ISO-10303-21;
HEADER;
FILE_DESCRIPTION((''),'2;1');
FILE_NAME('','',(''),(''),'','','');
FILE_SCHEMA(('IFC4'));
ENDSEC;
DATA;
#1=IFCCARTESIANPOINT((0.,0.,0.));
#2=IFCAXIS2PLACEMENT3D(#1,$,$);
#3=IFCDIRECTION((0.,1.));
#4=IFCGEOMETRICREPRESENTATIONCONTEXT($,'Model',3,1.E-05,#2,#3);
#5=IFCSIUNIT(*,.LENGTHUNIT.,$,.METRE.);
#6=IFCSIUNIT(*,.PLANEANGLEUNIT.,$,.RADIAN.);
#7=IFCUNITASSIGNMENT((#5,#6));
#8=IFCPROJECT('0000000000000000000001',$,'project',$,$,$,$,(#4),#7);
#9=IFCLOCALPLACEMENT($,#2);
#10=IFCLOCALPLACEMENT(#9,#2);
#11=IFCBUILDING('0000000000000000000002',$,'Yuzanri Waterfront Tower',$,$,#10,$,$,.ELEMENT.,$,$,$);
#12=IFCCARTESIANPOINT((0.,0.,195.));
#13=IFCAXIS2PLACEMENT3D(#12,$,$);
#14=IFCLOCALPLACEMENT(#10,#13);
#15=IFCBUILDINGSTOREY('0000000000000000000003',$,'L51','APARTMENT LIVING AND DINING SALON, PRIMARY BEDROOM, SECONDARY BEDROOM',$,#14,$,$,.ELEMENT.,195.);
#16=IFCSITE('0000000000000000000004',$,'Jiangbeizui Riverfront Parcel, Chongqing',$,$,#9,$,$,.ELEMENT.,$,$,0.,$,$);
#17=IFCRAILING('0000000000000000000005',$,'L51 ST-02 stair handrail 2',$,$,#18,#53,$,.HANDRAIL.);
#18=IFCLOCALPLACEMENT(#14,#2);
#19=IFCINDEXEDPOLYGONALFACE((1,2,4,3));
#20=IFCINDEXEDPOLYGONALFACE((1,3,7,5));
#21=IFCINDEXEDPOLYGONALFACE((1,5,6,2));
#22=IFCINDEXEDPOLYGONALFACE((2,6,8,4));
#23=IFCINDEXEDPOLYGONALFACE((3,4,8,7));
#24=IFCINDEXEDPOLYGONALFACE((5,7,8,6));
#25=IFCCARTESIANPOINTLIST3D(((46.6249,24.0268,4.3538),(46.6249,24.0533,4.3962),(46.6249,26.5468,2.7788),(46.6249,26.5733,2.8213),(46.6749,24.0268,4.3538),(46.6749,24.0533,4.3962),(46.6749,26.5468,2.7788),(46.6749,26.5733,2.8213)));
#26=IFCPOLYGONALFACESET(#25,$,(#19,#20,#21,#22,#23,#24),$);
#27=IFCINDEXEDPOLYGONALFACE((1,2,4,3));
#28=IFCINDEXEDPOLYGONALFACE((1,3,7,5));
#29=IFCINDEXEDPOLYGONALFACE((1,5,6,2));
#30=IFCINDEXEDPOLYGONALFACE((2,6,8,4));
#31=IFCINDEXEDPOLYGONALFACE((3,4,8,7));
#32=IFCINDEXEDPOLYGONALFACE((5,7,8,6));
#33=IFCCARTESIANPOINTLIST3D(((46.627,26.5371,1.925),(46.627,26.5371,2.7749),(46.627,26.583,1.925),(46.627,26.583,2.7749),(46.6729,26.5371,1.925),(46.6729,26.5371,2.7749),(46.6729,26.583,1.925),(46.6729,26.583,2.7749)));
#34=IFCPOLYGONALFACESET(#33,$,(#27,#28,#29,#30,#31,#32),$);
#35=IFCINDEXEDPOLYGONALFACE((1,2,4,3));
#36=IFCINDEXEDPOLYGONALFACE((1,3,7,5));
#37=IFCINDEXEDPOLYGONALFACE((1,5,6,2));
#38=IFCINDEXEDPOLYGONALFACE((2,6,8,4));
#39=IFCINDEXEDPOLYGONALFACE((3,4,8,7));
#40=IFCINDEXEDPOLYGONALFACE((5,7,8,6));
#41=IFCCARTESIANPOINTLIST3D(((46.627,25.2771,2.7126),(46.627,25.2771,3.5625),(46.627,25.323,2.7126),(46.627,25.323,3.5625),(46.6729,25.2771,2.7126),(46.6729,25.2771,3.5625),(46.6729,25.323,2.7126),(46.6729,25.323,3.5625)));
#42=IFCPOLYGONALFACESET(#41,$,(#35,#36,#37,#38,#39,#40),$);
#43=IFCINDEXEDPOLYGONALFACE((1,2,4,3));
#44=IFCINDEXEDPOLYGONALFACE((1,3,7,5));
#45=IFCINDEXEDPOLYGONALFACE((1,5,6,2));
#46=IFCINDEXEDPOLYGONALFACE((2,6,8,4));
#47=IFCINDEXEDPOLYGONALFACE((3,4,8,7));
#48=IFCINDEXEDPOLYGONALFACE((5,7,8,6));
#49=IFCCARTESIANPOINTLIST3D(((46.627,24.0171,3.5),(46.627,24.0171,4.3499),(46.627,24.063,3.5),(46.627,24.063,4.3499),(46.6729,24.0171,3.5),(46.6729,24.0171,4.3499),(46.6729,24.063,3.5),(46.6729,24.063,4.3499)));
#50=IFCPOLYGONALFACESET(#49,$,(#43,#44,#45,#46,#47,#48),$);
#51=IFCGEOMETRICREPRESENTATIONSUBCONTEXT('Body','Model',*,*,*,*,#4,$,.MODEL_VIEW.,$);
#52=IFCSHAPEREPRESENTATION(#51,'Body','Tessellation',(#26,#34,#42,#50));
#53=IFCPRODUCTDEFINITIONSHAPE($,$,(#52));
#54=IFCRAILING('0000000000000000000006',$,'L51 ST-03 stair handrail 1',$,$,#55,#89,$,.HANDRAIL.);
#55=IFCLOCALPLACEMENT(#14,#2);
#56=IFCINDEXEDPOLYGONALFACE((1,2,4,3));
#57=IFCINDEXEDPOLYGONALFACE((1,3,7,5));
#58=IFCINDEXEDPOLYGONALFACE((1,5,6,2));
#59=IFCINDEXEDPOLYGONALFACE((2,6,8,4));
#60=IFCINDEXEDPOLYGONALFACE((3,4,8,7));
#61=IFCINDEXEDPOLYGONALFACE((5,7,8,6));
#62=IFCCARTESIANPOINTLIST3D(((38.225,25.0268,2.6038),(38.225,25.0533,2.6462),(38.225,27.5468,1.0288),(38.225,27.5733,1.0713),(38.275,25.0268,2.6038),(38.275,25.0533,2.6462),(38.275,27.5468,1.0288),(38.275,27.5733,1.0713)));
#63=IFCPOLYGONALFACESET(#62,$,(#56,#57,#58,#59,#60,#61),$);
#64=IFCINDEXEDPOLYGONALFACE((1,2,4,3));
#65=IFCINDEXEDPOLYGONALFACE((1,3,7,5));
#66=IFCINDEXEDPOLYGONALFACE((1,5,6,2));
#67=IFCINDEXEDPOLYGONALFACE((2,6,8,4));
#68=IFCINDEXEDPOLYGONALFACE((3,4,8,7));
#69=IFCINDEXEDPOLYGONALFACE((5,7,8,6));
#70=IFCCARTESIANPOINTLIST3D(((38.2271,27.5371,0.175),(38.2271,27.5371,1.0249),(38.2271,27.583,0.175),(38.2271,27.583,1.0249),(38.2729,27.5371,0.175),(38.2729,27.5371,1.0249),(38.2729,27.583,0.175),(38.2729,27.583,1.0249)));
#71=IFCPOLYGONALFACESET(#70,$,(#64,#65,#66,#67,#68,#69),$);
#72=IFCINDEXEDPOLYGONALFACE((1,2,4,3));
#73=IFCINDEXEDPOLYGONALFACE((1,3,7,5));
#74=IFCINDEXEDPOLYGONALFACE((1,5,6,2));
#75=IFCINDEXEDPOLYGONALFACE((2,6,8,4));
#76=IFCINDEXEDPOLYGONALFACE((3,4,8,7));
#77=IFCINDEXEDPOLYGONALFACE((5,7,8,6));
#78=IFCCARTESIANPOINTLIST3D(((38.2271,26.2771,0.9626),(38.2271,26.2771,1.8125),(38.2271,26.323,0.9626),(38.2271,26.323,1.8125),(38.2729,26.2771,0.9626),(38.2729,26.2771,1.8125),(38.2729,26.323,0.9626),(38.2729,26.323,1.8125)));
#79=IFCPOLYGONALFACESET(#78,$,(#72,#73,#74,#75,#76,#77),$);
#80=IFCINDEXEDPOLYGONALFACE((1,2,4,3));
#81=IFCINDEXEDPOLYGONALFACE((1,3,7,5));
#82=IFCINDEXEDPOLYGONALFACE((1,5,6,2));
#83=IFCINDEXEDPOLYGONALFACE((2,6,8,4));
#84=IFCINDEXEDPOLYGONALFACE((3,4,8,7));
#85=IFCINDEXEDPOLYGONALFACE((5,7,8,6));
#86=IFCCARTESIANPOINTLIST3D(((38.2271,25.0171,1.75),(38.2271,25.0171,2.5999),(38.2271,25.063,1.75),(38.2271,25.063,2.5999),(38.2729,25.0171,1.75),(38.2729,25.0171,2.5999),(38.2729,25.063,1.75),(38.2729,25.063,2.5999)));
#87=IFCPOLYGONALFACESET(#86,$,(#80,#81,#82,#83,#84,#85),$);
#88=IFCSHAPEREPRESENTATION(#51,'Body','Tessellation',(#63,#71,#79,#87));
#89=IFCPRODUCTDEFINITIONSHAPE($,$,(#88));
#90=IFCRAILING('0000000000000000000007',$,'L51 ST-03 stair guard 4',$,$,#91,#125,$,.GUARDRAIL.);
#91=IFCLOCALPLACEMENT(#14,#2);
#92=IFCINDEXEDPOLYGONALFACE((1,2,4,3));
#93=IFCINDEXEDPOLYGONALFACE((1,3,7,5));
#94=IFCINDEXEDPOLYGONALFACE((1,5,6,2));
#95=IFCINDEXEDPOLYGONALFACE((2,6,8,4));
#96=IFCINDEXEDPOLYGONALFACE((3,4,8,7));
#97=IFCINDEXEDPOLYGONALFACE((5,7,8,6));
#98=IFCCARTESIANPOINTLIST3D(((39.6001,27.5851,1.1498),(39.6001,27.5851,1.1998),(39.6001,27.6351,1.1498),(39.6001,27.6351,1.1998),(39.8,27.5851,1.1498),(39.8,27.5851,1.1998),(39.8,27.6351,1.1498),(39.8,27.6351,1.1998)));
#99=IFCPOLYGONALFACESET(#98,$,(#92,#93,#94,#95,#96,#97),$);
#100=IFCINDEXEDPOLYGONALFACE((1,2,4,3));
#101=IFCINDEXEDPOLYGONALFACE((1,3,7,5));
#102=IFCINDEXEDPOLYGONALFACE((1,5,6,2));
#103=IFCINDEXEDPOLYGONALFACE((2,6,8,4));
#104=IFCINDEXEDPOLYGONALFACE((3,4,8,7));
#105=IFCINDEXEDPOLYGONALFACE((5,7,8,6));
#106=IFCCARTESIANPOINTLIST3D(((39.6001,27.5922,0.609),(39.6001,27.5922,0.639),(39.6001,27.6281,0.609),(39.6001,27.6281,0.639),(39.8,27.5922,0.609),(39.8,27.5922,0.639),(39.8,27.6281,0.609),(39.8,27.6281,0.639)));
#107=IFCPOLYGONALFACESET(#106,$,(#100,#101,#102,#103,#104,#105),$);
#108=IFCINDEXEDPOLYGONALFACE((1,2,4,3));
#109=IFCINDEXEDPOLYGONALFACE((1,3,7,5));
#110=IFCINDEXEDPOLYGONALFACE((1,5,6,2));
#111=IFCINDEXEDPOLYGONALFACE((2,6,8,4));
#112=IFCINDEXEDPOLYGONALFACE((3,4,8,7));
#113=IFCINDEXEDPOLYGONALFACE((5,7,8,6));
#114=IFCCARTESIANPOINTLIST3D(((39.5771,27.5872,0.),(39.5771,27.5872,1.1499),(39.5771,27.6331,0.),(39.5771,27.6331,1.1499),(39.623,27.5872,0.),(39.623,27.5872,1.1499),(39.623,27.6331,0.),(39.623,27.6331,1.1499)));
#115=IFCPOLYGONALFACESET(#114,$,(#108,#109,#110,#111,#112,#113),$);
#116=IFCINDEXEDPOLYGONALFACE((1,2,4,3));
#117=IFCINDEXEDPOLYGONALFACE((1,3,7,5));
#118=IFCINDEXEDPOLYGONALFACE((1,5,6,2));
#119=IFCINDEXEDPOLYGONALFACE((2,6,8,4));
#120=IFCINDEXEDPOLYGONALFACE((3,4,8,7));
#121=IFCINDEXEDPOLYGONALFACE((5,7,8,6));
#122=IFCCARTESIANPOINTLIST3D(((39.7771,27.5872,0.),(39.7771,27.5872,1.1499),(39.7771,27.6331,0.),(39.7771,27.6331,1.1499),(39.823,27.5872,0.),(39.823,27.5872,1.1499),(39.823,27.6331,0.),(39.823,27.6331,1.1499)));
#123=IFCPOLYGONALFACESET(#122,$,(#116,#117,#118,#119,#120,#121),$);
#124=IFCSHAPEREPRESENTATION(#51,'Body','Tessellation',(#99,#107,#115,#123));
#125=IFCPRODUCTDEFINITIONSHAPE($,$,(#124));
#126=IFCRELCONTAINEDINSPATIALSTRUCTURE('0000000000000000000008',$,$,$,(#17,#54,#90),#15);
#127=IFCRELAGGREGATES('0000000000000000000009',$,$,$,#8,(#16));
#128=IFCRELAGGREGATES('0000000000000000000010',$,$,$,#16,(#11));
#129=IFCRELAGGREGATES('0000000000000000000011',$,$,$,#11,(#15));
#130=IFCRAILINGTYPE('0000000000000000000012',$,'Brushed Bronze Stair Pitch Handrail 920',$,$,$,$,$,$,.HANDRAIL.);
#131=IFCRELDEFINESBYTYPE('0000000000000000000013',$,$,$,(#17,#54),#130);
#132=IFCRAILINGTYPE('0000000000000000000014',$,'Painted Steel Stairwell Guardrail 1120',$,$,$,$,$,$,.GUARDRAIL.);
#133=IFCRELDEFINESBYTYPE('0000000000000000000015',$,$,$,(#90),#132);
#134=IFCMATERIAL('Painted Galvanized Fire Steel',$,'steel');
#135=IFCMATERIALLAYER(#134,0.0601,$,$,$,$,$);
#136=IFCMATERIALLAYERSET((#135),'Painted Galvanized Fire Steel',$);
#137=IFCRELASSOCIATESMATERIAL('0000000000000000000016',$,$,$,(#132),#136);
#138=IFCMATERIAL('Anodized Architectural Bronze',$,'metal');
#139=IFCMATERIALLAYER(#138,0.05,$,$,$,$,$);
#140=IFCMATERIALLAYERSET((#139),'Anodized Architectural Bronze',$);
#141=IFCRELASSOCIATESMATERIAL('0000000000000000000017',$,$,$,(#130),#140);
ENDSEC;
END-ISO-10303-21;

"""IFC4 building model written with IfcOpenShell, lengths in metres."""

from ifc_helpers import new_model, si_unit, direction, frame, origin, origin_2d, place, context, subcontext, project, spatial, rectangle, extrude, source, transform, mapped, material, layer, layer_set, type_object, element, save


model = new_model("IFC4")

# Units and contexts
model_context = context("Model", 3, precision=1e-05, world=origin(), true_north=direction((0.0, 1.0)))
body_context = subcontext(model_context, "Body", "Model", "MODEL_VIEW")
ifc_project = project(units=[si_unit("LENGTHUNIT", "METRE"), si_unit("PLANEANGLEUNIT", "RADIAN")], contexts=[model_context])

# Site, building, storey
site_placement = place(None, origin())
site = spatial("IfcSite", under=ifc_project, at=site_placement, Name="Jiangbeizui Riverfront Parcel, Chongqing", CompositionType="ELEMENT", RefElevation=0.0)
building_placement = place(site_placement, origin())
building = spatial("IfcBuilding", under=site, at=building_placement, Name="Yuzanri Waterfront Tower", CompositionType="ELEMENT")
storey_placement = place(building_placement, frame((0.0, 0.0, 195.0)))
storey = spatial("IfcBuildingStorey", under=building, at=storey_placement, Name="L51", Description="APARTMENT LIVING AND DINING SALON, PRIMARY BEDROOM, SECONDARY BEDROOM", CompositionType="ELEMENT", Elevation=195.0)

# Railings
ifc_material_1 = material(Name="Painted Galvanized Fire Steel", Category="steel")
ifc_layer_1 = layer(ifc_material_1, 0.0601)
ifc_layer_set_1 = layer_set([ifc_layer_1], Name="Painted Galvanized Fire Steel")
railing_type_1 = type_object("IfcRailingType", Name="Painted Steel Stairwell Guardrail 1120", PredefinedType="GUARDRAIL", material=ifc_layer_set_1)
ifc_material_2 = material(Name="Anodized Architectural Bronze", Category="metal")
ifc_layer_2 = layer(ifc_material_2, 0.05)
ifc_layer_set_2 = layer_set([ifc_layer_2], Name="Anodized Architectural Bronze")
railing_type_2 = type_object("IfcRailingType", Name="Brushed Bronze Stair Pitch Handrail 920", PredefinedType="HANDRAIL", material=ifc_layer_set_2)
shared_shape_1 = source(origin(), body_context, "Body", "SweptSolid", [
    extrude(rectangle(XDim=0.05, YDim=0.05, at=origin_2d()), frame((0.0, 0.0, 0.875), z_axis=(0.0, -0.848008, 0.529984), x_axis=(1.0, 0.0, 0.0)), (0.0, 0.0, 1.0), 2.9717),
    extrude(rectangle(XDim=0.0459, YDim=0.0459, at=origin_2d()), origin(), (0.0, 0.0, 1.0), 0.8499),
    extrude(rectangle(XDim=0.0459, YDim=0.0459, at=origin_2d()), frame((0.0, -1.26, 0.7876)), (0.0, 0.0, 1.0), 0.8499),
    extrude(rectangle(XDim=0.0459, YDim=0.0459, at=origin_2d()), frame((0.0, -2.52, 1.575)), (0.0, 0.0, 1.0), 0.8499),
])
for number, where, name in (
    (1, (46.6499, 26.5601, 1.925), "L51 ST-02 stair handrail 2"),
    (2, (38.25, 27.5601, 0.175), "L51 ST-03 stair handrail 1"),
):
    element("IfcRailing", number, at=place(storey_placement, frame(where)), inside=storey, type_object=railing_type_2, Name=name, PredefinedType="HANDRAIL", context=body_context, shape_type="MappedRepresentation", body=[
        mapped(shared_shape_1, transform((0.0, 0.0, 0.0), scale=1.0)),
    ])
shared_shape_2 = source(origin(), body_context, "Body", "SweptSolid", [
    extrude(rectangle(XDim=0.05, YDim=0.05, at=origin_2d()), frame((0.0, 0.0, 1.1748), z_axis=(1.0, 0.0, 0.0), x_axis=(0.0, 1.0, 0.0)), (0.0, 0.0, 1.0), 0.2),
    extrude(rectangle(XDim=0.0359, YDim=0.03, at=origin_2d()), frame((0.0, 0.0, 0.624), z_axis=(1.0, 0.0, 0.0), x_axis=(0.0, 1.0, 0.0)), (0.0, 0.0, 1.0), 0.2),
    extrude(rectangle(XDim=0.0459, YDim=0.0459, at=origin_2d()), origin(), (0.0, 0.0, 1.0), 1.1499),
    extrude(rectangle(XDim=0.0459, YDim=0.0459, at=origin_2d()), frame((0.2, 0.0, 0.0)), (0.0, 0.0, 1.0), 1.1499),
])
railing_1_placement = place(storey_placement, frame((39.6001, 27.6101, 0.0)))
element("IfcRailing", 3, at=railing_1_placement, inside=storey, type_object=railing_type_1, Name="L51 ST-03 stair guard 4", PredefinedType="GUARDRAIL", context=body_context, shape_type="MappedRepresentation", body=[
    mapped(shared_shape_2, transform((0.0, 0.0, 0.0), scale=1.0)),
])

save(model, "model.ifc")
